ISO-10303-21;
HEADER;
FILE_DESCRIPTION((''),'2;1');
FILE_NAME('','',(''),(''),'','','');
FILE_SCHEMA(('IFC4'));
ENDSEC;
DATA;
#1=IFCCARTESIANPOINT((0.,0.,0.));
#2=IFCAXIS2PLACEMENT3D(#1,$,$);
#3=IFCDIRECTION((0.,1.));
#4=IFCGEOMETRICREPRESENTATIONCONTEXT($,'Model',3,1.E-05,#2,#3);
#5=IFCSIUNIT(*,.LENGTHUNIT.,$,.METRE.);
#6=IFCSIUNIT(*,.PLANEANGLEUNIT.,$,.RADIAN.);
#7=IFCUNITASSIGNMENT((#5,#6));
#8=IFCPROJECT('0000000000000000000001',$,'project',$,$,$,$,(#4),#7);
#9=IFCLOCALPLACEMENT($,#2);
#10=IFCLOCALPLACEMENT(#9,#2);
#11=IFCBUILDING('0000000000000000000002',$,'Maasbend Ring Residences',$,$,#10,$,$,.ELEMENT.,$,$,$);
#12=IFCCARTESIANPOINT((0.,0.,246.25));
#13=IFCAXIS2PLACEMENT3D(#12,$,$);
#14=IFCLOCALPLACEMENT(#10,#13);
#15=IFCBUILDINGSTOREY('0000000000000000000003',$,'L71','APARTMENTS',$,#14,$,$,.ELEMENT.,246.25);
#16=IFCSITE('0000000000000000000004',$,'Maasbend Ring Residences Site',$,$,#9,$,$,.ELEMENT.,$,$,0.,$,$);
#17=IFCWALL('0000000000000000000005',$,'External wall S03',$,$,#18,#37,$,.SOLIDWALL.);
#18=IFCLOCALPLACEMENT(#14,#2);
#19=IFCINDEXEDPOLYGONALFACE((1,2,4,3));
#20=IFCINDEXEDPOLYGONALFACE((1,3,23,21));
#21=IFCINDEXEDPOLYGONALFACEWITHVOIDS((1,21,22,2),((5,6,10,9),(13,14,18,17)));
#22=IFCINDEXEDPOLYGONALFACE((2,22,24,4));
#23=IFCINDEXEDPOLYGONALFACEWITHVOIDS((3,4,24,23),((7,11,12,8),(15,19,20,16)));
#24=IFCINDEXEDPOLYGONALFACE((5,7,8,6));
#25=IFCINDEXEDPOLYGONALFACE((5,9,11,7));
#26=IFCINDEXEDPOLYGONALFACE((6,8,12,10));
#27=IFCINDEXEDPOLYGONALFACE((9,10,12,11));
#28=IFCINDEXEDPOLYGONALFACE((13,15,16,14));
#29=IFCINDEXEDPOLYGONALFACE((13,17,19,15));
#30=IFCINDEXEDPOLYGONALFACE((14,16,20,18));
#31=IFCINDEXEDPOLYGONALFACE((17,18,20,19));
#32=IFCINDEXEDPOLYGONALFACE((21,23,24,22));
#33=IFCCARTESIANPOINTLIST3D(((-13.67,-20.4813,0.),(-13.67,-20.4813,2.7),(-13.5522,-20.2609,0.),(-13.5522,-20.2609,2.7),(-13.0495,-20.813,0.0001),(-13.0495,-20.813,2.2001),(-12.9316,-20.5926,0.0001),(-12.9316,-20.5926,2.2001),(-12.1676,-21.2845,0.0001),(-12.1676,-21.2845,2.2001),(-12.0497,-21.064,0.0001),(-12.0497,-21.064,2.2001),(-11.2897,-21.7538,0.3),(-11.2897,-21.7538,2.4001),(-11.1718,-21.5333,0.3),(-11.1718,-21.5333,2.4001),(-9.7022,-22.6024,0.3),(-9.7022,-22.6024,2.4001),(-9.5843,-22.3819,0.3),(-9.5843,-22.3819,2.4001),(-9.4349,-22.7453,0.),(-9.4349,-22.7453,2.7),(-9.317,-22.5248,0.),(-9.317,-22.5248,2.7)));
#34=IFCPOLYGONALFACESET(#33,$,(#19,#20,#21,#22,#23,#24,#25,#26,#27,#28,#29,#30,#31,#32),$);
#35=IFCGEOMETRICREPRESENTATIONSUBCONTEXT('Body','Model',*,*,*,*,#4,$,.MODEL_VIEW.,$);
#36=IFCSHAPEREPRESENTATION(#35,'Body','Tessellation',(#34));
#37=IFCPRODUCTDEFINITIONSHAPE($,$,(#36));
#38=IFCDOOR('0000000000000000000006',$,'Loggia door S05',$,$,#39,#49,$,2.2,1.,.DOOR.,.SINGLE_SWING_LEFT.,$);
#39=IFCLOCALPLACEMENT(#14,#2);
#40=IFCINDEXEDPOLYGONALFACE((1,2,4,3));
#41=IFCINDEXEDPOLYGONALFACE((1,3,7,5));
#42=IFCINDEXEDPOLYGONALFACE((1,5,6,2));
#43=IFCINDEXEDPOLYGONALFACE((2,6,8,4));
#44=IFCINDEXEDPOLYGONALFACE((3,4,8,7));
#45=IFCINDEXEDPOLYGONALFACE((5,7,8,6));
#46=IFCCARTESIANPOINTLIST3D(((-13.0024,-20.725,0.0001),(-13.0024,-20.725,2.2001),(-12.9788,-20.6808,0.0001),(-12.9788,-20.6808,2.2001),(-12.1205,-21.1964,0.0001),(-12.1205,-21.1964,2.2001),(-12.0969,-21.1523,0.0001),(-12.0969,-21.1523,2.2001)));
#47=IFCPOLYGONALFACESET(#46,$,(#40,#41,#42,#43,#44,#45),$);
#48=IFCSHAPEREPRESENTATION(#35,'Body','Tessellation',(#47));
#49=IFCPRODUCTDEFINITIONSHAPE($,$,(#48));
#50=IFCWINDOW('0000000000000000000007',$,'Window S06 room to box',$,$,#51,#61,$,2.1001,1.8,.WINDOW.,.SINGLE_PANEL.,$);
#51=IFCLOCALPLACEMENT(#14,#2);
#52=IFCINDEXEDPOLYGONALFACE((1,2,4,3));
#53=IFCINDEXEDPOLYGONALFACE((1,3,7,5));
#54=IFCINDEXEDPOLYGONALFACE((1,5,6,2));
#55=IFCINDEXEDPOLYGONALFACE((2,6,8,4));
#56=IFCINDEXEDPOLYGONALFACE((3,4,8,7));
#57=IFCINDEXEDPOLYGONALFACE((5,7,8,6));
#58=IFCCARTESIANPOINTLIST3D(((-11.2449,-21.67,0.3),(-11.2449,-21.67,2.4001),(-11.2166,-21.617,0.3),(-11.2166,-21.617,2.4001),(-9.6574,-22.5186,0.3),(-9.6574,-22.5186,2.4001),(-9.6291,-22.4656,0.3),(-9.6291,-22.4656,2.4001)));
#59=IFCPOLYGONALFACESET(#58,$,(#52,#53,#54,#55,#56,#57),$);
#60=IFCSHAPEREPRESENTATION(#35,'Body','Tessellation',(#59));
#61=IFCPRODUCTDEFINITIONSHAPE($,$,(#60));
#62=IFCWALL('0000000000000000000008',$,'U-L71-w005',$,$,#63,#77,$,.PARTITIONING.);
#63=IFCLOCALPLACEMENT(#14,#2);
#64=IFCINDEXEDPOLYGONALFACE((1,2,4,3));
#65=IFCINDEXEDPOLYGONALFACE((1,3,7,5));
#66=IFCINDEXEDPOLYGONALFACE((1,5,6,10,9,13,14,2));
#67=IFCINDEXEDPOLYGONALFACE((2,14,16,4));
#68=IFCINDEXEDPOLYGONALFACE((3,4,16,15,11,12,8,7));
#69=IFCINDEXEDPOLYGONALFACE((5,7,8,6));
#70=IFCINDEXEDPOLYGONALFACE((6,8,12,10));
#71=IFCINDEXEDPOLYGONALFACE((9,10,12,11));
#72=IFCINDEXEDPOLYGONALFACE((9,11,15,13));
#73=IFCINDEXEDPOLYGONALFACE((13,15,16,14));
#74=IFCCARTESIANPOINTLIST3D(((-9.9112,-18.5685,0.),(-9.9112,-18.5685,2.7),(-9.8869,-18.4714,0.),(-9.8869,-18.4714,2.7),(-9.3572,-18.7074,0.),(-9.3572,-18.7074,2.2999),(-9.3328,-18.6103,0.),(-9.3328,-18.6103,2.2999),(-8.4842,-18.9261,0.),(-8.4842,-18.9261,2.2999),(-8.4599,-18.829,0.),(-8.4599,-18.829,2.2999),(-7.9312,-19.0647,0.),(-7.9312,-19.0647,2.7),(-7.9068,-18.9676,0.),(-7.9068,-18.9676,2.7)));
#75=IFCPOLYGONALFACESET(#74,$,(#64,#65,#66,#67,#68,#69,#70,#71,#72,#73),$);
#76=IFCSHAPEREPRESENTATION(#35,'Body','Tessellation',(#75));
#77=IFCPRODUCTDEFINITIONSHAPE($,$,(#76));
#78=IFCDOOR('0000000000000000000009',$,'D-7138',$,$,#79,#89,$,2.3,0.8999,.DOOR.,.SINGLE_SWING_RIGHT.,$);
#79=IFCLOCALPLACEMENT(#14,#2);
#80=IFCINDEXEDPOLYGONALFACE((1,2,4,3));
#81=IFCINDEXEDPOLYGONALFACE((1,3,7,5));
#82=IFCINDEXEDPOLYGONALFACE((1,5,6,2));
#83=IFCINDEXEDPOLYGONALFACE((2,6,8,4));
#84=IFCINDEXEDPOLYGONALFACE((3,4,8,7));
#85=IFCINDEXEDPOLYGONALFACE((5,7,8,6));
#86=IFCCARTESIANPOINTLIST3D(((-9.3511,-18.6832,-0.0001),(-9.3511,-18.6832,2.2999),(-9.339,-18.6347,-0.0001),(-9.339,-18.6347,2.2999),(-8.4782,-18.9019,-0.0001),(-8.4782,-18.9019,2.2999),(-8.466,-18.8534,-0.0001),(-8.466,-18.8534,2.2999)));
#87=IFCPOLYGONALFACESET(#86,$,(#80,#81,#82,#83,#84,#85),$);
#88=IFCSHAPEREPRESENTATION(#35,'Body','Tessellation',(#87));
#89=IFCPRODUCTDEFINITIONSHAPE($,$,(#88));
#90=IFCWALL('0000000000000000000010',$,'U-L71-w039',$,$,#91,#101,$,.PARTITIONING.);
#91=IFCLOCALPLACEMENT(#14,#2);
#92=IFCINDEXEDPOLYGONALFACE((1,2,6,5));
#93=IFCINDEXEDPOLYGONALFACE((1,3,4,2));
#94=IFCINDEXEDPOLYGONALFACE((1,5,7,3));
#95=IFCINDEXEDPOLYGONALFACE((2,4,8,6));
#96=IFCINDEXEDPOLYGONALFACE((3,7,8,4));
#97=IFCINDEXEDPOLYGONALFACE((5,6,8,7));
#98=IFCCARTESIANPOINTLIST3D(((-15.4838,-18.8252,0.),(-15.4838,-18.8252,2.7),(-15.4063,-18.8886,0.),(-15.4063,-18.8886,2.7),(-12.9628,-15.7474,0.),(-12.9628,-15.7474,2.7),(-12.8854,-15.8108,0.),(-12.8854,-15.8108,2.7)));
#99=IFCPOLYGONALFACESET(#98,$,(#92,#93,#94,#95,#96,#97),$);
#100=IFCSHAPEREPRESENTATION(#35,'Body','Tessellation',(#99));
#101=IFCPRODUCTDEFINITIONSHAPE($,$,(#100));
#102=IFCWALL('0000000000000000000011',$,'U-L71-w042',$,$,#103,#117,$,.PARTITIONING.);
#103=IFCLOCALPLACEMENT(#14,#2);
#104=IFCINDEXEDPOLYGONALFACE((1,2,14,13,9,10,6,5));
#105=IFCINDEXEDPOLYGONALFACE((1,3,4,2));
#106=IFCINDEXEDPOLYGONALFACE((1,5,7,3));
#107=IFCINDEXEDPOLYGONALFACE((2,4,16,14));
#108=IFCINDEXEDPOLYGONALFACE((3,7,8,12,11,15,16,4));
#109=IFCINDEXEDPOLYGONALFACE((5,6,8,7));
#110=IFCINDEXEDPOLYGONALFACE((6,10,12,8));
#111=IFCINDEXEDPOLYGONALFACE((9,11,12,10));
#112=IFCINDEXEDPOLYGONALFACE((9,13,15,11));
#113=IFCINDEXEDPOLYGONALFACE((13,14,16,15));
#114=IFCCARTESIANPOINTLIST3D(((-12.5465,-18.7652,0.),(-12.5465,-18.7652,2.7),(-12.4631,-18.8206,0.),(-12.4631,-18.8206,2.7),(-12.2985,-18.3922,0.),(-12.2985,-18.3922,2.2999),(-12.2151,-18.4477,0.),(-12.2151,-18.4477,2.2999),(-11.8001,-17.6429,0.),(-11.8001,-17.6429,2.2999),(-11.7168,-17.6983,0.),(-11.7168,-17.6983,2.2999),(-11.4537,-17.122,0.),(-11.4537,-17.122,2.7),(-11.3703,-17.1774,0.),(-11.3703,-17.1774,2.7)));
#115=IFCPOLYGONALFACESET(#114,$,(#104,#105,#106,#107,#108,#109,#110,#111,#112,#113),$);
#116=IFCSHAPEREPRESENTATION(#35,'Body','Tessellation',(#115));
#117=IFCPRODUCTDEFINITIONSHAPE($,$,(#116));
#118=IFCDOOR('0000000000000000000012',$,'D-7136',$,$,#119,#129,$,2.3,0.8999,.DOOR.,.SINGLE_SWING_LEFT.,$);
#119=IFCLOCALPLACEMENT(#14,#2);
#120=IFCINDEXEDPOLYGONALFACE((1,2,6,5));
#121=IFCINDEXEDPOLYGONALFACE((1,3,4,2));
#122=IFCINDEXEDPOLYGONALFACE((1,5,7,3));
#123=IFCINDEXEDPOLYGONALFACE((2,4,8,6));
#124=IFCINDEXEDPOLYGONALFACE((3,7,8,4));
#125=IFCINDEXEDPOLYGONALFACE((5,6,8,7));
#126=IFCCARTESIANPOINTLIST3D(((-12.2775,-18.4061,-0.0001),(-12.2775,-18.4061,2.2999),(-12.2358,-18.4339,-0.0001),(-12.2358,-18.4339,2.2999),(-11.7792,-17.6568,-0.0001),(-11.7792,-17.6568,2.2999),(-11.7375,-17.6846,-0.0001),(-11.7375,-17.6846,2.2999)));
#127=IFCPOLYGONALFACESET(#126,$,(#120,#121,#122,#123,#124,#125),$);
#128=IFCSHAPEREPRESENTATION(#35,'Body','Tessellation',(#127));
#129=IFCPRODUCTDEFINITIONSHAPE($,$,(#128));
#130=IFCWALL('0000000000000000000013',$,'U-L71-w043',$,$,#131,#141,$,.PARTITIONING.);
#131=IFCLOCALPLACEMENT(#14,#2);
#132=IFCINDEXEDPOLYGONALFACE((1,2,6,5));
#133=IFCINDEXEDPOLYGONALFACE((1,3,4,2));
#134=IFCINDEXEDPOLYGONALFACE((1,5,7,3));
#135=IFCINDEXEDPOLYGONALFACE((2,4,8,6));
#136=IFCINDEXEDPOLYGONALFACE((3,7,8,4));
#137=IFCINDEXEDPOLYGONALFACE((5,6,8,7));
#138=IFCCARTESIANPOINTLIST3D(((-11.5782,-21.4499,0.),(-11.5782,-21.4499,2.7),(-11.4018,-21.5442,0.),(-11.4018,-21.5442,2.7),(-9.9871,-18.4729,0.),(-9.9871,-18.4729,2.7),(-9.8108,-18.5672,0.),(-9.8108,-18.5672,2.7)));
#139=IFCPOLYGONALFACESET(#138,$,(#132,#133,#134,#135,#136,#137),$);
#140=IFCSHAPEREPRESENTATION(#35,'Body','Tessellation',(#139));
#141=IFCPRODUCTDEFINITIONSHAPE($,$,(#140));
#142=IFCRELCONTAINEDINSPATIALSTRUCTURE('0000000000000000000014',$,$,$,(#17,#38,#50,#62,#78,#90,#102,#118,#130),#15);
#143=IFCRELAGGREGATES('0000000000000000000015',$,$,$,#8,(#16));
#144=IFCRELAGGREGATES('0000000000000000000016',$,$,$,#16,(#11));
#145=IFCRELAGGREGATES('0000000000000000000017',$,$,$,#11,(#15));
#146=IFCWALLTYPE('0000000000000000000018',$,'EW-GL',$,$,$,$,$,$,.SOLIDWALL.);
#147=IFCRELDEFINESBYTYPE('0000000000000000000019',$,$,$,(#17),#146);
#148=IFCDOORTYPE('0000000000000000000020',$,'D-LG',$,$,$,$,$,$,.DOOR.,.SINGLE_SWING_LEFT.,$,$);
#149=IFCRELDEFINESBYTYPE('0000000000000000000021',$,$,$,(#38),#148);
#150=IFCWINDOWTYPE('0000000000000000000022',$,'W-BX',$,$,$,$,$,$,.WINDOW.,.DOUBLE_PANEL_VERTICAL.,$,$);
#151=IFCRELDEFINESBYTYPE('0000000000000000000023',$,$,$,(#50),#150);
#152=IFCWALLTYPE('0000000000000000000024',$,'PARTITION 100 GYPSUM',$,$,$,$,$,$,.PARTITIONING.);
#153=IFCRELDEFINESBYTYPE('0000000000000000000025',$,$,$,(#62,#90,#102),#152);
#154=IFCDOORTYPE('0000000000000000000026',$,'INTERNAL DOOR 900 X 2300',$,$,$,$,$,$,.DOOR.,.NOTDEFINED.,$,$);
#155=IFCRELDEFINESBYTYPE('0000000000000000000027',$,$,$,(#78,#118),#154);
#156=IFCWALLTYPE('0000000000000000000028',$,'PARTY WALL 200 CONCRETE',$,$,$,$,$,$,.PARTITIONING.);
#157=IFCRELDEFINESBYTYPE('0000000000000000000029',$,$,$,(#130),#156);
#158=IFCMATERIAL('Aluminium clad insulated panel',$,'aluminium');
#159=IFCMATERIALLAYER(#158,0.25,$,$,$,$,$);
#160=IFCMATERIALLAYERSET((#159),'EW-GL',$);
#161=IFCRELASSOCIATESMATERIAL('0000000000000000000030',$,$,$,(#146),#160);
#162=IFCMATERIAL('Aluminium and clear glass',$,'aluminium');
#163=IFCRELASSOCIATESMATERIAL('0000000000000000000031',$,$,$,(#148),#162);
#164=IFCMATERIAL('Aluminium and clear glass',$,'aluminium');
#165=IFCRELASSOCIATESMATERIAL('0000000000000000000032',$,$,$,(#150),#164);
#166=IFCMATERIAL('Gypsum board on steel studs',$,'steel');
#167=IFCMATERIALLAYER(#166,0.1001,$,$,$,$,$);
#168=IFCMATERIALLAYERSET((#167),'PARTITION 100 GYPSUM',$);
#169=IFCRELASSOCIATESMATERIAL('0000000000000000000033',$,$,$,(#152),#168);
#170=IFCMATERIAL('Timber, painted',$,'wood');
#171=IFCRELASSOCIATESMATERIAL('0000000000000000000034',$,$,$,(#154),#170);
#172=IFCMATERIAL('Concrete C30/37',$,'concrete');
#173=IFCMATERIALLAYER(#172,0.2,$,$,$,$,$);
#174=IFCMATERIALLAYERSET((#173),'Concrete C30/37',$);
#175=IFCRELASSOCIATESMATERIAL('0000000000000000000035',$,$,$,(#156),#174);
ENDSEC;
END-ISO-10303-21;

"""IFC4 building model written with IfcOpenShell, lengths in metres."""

from ifc_helpers import new_model, si_unit, direction, frame, frame_2d, origin, place, context, subcontext, project, spatial, rectangle, extrude, material, layer, layer_set, type_object, element, fill, save


model = new_model("IFC4")

# Units and contexts
model_context = context("Model", 3, precision=1e-05, world=origin(), true_north=direction((0.0, 1.0)))
body_context = subcontext(model_context, "Body", "Model", "MODEL_VIEW")
ifc_project = project(units=[si_unit("LENGTHUNIT", "METRE"), si_unit("PLANEANGLEUNIT", "RADIAN")], contexts=[model_context])

# Site, building, storey
site_placement = place(None, origin())
site = spatial("IfcSite", under=ifc_project, at=site_placement, Name="Maasbend Ring Residences Site", CompositionType="ELEMENT", RefElevation=0.0)
building_placement = place(site_placement, origin())
building = spatial("IfcBuilding", under=site, at=building_placement, Name="Maasbend Ring Residences", CompositionType="ELEMENT")
storey_placement = place(building_placement, frame((0.0, 0.0, 246.25)))
storey = spatial("IfcBuildingStorey", under=building, at=storey_placement, Name="L71", Description="APARTMENTS", CompositionType="ELEMENT", Elevation=246.25)

# Wall, openings, door, window
ifc_material_1 = material(Name="Aluminium clad insulated panel", Category="aluminium")
ifc_layer_1 = layer(ifc_material_1, 0.25)
ifc_layer_set_1 = layer_set([ifc_layer_1], Name="EW-GL")
wall_type_1 = type_object("IfcWallType", Name="EW-GL", PredefinedType="SOLIDWALL", material=ifc_layer_set_1)
wall_1_placement = place(storey_placement, frame((-13.6111, -20.3711, 0.0), z_axis=(0.0, 0.0, 1.0), x_axis=(0.881904, -0.47143, 0.0)))
wall_1 = element("IfcWall", 1, at=wall_1_placement, inside=storey, type_object=wall_type_1, Name="External wall S03", PredefinedType="SOLIDWALL", context=body_context, shape_type="SweptSolid", body=[
    extrude(rectangle(XDim=4.8022, YDim=0.25, at=frame_2d((2.4011, 0.0))), origin(), (0.0, 0.0, 1.0), 2.7),
])
opening_1_placement = place(wall_1_placement, frame((0.7036, 0.0, 0.0)))
opening_1 = element("IfcOpeningElement", 2, at=opening_1_placement, cuts=wall_1, PredefinedType="OPENING", context=body_context, shape_type="SweptSolid", body=[
    extrude(rectangle(XDim=1.0, YDim=2.2, at=frame_2d((0.5, 1.1001))), frame((0.0, 0.135, 0.0), z_axis=(0.0, -1.0, 0.0), x_axis=(1.0, 0.0, 0.0)), (0.0, 0.0, 1.0), 0.27),
])
opening_2_placement = place(wall_1_placement, frame((2.6992, 0.0, 0.3)))
opening_2 = element("IfcOpeningElement", 3, at=opening_2_placement, cuts=wall_1, PredefinedType="OPENING", context=body_context, shape_type="SweptSolid", body=[
    extrude(rectangle(XDim=1.8, YDim=2.1001, at=frame_2d((0.8999, 1.05))), frame((0.0, 0.135, 0.0), z_axis=(0.0, -1.0, 0.0), x_axis=(1.0, 0.0, 0.0)), (0.0, 0.0, 1.0), 0.27),
])
ifc_material_2 = material(Name="Aluminium and clear glass", Category="aluminium")
door_type_1 = type_object("IfcDoorType", Name="D-LG", OperationType="SINGLE_SWING_LEFT", PredefinedType="DOOR", material=ifc_material_2)
door_1_placement = place(opening_1_placement, origin())
door_1 = element("IfcDoor", 4, at=door_1_placement, inside=storey, type_object=door_type_1, Name="Loggia door S05", OperationType="SINGLE_SWING_LEFT", OverallHeight=2.2, OverallWidth=1.0, PredefinedType="DOOR", context=body_context, shape_type="SweptSolid", body=[
    extrude(rectangle(XDim=1.0, YDim=2.2, at=frame_2d((0.5, 1.1001))), frame((0.0, 0.0249, 0.0), z_axis=(0.0, -1.0, 0.0), x_axis=(1.0, 0.0, 0.0)), (0.0, 0.0, 1.0), 0.05),
])
fill(opening_1, door_1)
ifc_material_3 = material(Name="Aluminium and clear glass", Category="aluminium")
window_type_1 = type_object("IfcWindowType", Name="W-BX", PartitioningType="DOUBLE_PANEL_VERTICAL", PredefinedType="WINDOW", material=ifc_material_3)
window_1_placement = place(opening_2_placement, origin())
window_1 = element("IfcWindow", 5, at=window_1_placement, inside=storey, type_object=window_type_1, Name="Window S06 room to box", OverallHeight=2.1001, OverallWidth=1.8, PartitioningType="SINGLE_PANEL", PredefinedType="WINDOW", context=body_context, shape_type="SweptSolid", body=[
    extrude(rectangle(XDim=1.8, YDim=2.1001, at=frame_2d((0.8999, 1.05))), frame((0.0, 0.03, 0.0), z_axis=(0.0, -1.0, 0.0), x_axis=(1.0, 0.0, 0.0)), (0.0, 0.0, 1.0), 0.0601),
])
fill(opening_2, window_1)

# Wall, opening, door
ifc_material_4 = material(Name="Gypsum board on steel studs", Category="steel")
ifc_layer_2 = layer(ifc_material_4, 0.1001)
ifc_layer_set_2 = layer_set([ifc_layer_2], Name="PARTITION 100 GYPSUM")
wall_type_2 = type_object("IfcWallType", Name="PARTITION 100 GYPSUM", PredefinedType="PARTITIONING", material=ifc_layer_set_2)
wall_2_placement = place(storey_placement, frame((-9.8989, -18.52, 0.0), z_axis=(0.0, 0.0, 1.0), x_axis=(0.970016, -0.243042, 0.0)))
wall_2 = element("IfcWall", 6, at=wall_2_placement, inside=storey, type_object=wall_type_2, Name="U-L71-w005", PredefinedType="PARTITIONING", context=body_context, shape_type="SweptSolid", body=[
    extrude(rectangle(XDim=2.0413, YDim=0.1001, at=frame_2d((1.0205, 0.0))), origin(), (0.0, 0.0, 1.0), 2.7),
])
opening_3_placement = place(wall_2_placement, frame((0.571, 0.0, 0.0)))
opening_3 = element("IfcOpeningElement", 7, at=opening_3_placement, cuts=wall_2, PredefinedType="OPENING", context=body_context, shape_type="SweptSolid", body=[
    extrude(rectangle(XDim=0.8999, YDim=2.3, at=frame_2d((0.45, 1.1499))), frame((0.0, 0.0601, 0.0), z_axis=(0.0, -1.0, 0.0), x_axis=(1.0, 0.0, 0.0)), (0.0, 0.0, 1.0), 0.1201),
])
ifc_material_5 = material(Name="Timber, painted", Category="wood")
door_type_2 = type_object("IfcDoorType", Name="INTERNAL DOOR 900 X 2300", OperationType="NOTDEFINED", PredefinedType="DOOR", material=ifc_material_5)
door_2_placement = place(opening_3_placement, origin())
door_2 = element("IfcDoor", 8, at=door_2_placement, inside=storey, type_object=door_type_2, Name="D-7138", OperationType="SINGLE_SWING_RIGHT", OverallHeight=2.3, OverallWidth=0.8999, PredefinedType="DOOR", context=body_context, shape_type="SweptSolid", body=[
    extrude(rectangle(XDim=0.8999, YDim=2.3, at=frame_2d((0.45, 1.1499))), frame((0.0, 0.0249, 0.0), z_axis=(0.0, -1.0, 0.0), x_axis=(1.0, 0.0, 0.0)), (0.0, 0.0, 1.0), 0.05),
])
fill(opening_3, door_2)

# Wall
wall_3_placement = place(storey_placement, frame((-15.4451, -18.8569, 0.0), z_axis=(0.0, 0.0, 1.0), x_axis=(0.633649, 0.773621, 0.0)))
element("IfcWall", 9, at=wall_3_placement, inside=storey, type_object=wall_type_2, Name="U-L71-w039", PredefinedType="PARTITIONING", context=body_context, shape_type="SweptSolid", body=[
    extrude(rectangle(XDim=3.9785, YDim=0.1001, at=frame_2d((1.9893, 0.0))), origin(), (0.0, 0.0, 1.0), 2.7),
])

# Wall, opening, door
wall_4_placement = place(storey_placement, frame((-12.5049, -18.793, 0.0), z_axis=(0.0, 0.0, 1.0), x_axis=(0.553786, 0.832659, 0.0)))
wall_4 = element("IfcWall", 10, at=wall_4_placement, inside=storey, type_object=wall_type_2, Name="U-L71-w042", PredefinedType="PARTITIONING", context=body_context, shape_type="SweptSolid", body=[
    extrude(rectangle(XDim=1.9734, YDim=0.1001, at=frame_2d((0.9868, 0.0))), origin(), (0.0, 0.0, 1.0), 2.7),
])
opening_4_placement = place(wall_4_placement, frame((0.448, 0.0, 0.0)))
opening_4 = element("IfcOpeningElement", 11, at=opening_4_placement, cuts=wall_4, PredefinedType="OPENING", context=body_context, shape_type="SweptSolid", body=[
    extrude(rectangle(XDim=0.8999, YDim=2.3, at=frame_2d((0.45, 1.1499))), frame((0.0, 0.0601, 0.0), z_axis=(0.0, -1.0, 0.0), x_axis=(1.0, 0.0, 0.0)), (0.0, 0.0, 1.0), 0.1201),
])
door_3_placement = place(opening_4_placement, origin())
door_3 = element("IfcDoor", 12, at=door_3_placement, inside=storey, type_object=door_type_2, Name="D-7136", OperationType="SINGLE_SWING_LEFT", OverallHeight=2.3, OverallWidth=0.8999, PredefinedType="DOOR", context=body_context, shape_type="SweptSolid", body=[
    extrude(rectangle(XDim=0.8999, YDim=2.3, at=frame_2d((0.45, 1.1499))), frame((0.0, 0.0249, 0.0), z_axis=(0.0, -1.0, 0.0), x_axis=(1.0, 0.0, 0.0)), (0.0, 0.0, 1.0), 0.05),
])
fill(opening_4, door_3)

# Wall
ifc_material_6 = material(Name="Concrete C30/37", Category="concrete")
ifc_layer_3 = layer(ifc_material_6, 0.2)
ifc_layer_set_3 = layer_set([ifc_layer_3], Name="Concrete C30/37")
wall_type_3 = type_object("IfcWallType", Name="PARTY WALL 200 CONCRETE", PredefinedType="PARTITIONING", material=ifc_layer_set_3)
wall_5_placement = place(storey_placement, frame((-11.49, -21.4971, 0.0), z_axis=(0.0, 0.0, 1.0), x_axis=(0.47135, 0.881946, 0.0)))
element("IfcWall", 13, at=wall_5_placement, inside=storey, type_object=wall_type_3, Name="U-L71-w043", PredefinedType="PARTITIONING", context=body_context, shape_type="SweptSolid", body=[
    extrude(rectangle(XDim=3.3755, YDim=0.2, at=frame_2d((1.6877, 0.0))), origin(), (0.0, 0.0, 1.0), 2.7),
])

save(model, "model.ifc")
